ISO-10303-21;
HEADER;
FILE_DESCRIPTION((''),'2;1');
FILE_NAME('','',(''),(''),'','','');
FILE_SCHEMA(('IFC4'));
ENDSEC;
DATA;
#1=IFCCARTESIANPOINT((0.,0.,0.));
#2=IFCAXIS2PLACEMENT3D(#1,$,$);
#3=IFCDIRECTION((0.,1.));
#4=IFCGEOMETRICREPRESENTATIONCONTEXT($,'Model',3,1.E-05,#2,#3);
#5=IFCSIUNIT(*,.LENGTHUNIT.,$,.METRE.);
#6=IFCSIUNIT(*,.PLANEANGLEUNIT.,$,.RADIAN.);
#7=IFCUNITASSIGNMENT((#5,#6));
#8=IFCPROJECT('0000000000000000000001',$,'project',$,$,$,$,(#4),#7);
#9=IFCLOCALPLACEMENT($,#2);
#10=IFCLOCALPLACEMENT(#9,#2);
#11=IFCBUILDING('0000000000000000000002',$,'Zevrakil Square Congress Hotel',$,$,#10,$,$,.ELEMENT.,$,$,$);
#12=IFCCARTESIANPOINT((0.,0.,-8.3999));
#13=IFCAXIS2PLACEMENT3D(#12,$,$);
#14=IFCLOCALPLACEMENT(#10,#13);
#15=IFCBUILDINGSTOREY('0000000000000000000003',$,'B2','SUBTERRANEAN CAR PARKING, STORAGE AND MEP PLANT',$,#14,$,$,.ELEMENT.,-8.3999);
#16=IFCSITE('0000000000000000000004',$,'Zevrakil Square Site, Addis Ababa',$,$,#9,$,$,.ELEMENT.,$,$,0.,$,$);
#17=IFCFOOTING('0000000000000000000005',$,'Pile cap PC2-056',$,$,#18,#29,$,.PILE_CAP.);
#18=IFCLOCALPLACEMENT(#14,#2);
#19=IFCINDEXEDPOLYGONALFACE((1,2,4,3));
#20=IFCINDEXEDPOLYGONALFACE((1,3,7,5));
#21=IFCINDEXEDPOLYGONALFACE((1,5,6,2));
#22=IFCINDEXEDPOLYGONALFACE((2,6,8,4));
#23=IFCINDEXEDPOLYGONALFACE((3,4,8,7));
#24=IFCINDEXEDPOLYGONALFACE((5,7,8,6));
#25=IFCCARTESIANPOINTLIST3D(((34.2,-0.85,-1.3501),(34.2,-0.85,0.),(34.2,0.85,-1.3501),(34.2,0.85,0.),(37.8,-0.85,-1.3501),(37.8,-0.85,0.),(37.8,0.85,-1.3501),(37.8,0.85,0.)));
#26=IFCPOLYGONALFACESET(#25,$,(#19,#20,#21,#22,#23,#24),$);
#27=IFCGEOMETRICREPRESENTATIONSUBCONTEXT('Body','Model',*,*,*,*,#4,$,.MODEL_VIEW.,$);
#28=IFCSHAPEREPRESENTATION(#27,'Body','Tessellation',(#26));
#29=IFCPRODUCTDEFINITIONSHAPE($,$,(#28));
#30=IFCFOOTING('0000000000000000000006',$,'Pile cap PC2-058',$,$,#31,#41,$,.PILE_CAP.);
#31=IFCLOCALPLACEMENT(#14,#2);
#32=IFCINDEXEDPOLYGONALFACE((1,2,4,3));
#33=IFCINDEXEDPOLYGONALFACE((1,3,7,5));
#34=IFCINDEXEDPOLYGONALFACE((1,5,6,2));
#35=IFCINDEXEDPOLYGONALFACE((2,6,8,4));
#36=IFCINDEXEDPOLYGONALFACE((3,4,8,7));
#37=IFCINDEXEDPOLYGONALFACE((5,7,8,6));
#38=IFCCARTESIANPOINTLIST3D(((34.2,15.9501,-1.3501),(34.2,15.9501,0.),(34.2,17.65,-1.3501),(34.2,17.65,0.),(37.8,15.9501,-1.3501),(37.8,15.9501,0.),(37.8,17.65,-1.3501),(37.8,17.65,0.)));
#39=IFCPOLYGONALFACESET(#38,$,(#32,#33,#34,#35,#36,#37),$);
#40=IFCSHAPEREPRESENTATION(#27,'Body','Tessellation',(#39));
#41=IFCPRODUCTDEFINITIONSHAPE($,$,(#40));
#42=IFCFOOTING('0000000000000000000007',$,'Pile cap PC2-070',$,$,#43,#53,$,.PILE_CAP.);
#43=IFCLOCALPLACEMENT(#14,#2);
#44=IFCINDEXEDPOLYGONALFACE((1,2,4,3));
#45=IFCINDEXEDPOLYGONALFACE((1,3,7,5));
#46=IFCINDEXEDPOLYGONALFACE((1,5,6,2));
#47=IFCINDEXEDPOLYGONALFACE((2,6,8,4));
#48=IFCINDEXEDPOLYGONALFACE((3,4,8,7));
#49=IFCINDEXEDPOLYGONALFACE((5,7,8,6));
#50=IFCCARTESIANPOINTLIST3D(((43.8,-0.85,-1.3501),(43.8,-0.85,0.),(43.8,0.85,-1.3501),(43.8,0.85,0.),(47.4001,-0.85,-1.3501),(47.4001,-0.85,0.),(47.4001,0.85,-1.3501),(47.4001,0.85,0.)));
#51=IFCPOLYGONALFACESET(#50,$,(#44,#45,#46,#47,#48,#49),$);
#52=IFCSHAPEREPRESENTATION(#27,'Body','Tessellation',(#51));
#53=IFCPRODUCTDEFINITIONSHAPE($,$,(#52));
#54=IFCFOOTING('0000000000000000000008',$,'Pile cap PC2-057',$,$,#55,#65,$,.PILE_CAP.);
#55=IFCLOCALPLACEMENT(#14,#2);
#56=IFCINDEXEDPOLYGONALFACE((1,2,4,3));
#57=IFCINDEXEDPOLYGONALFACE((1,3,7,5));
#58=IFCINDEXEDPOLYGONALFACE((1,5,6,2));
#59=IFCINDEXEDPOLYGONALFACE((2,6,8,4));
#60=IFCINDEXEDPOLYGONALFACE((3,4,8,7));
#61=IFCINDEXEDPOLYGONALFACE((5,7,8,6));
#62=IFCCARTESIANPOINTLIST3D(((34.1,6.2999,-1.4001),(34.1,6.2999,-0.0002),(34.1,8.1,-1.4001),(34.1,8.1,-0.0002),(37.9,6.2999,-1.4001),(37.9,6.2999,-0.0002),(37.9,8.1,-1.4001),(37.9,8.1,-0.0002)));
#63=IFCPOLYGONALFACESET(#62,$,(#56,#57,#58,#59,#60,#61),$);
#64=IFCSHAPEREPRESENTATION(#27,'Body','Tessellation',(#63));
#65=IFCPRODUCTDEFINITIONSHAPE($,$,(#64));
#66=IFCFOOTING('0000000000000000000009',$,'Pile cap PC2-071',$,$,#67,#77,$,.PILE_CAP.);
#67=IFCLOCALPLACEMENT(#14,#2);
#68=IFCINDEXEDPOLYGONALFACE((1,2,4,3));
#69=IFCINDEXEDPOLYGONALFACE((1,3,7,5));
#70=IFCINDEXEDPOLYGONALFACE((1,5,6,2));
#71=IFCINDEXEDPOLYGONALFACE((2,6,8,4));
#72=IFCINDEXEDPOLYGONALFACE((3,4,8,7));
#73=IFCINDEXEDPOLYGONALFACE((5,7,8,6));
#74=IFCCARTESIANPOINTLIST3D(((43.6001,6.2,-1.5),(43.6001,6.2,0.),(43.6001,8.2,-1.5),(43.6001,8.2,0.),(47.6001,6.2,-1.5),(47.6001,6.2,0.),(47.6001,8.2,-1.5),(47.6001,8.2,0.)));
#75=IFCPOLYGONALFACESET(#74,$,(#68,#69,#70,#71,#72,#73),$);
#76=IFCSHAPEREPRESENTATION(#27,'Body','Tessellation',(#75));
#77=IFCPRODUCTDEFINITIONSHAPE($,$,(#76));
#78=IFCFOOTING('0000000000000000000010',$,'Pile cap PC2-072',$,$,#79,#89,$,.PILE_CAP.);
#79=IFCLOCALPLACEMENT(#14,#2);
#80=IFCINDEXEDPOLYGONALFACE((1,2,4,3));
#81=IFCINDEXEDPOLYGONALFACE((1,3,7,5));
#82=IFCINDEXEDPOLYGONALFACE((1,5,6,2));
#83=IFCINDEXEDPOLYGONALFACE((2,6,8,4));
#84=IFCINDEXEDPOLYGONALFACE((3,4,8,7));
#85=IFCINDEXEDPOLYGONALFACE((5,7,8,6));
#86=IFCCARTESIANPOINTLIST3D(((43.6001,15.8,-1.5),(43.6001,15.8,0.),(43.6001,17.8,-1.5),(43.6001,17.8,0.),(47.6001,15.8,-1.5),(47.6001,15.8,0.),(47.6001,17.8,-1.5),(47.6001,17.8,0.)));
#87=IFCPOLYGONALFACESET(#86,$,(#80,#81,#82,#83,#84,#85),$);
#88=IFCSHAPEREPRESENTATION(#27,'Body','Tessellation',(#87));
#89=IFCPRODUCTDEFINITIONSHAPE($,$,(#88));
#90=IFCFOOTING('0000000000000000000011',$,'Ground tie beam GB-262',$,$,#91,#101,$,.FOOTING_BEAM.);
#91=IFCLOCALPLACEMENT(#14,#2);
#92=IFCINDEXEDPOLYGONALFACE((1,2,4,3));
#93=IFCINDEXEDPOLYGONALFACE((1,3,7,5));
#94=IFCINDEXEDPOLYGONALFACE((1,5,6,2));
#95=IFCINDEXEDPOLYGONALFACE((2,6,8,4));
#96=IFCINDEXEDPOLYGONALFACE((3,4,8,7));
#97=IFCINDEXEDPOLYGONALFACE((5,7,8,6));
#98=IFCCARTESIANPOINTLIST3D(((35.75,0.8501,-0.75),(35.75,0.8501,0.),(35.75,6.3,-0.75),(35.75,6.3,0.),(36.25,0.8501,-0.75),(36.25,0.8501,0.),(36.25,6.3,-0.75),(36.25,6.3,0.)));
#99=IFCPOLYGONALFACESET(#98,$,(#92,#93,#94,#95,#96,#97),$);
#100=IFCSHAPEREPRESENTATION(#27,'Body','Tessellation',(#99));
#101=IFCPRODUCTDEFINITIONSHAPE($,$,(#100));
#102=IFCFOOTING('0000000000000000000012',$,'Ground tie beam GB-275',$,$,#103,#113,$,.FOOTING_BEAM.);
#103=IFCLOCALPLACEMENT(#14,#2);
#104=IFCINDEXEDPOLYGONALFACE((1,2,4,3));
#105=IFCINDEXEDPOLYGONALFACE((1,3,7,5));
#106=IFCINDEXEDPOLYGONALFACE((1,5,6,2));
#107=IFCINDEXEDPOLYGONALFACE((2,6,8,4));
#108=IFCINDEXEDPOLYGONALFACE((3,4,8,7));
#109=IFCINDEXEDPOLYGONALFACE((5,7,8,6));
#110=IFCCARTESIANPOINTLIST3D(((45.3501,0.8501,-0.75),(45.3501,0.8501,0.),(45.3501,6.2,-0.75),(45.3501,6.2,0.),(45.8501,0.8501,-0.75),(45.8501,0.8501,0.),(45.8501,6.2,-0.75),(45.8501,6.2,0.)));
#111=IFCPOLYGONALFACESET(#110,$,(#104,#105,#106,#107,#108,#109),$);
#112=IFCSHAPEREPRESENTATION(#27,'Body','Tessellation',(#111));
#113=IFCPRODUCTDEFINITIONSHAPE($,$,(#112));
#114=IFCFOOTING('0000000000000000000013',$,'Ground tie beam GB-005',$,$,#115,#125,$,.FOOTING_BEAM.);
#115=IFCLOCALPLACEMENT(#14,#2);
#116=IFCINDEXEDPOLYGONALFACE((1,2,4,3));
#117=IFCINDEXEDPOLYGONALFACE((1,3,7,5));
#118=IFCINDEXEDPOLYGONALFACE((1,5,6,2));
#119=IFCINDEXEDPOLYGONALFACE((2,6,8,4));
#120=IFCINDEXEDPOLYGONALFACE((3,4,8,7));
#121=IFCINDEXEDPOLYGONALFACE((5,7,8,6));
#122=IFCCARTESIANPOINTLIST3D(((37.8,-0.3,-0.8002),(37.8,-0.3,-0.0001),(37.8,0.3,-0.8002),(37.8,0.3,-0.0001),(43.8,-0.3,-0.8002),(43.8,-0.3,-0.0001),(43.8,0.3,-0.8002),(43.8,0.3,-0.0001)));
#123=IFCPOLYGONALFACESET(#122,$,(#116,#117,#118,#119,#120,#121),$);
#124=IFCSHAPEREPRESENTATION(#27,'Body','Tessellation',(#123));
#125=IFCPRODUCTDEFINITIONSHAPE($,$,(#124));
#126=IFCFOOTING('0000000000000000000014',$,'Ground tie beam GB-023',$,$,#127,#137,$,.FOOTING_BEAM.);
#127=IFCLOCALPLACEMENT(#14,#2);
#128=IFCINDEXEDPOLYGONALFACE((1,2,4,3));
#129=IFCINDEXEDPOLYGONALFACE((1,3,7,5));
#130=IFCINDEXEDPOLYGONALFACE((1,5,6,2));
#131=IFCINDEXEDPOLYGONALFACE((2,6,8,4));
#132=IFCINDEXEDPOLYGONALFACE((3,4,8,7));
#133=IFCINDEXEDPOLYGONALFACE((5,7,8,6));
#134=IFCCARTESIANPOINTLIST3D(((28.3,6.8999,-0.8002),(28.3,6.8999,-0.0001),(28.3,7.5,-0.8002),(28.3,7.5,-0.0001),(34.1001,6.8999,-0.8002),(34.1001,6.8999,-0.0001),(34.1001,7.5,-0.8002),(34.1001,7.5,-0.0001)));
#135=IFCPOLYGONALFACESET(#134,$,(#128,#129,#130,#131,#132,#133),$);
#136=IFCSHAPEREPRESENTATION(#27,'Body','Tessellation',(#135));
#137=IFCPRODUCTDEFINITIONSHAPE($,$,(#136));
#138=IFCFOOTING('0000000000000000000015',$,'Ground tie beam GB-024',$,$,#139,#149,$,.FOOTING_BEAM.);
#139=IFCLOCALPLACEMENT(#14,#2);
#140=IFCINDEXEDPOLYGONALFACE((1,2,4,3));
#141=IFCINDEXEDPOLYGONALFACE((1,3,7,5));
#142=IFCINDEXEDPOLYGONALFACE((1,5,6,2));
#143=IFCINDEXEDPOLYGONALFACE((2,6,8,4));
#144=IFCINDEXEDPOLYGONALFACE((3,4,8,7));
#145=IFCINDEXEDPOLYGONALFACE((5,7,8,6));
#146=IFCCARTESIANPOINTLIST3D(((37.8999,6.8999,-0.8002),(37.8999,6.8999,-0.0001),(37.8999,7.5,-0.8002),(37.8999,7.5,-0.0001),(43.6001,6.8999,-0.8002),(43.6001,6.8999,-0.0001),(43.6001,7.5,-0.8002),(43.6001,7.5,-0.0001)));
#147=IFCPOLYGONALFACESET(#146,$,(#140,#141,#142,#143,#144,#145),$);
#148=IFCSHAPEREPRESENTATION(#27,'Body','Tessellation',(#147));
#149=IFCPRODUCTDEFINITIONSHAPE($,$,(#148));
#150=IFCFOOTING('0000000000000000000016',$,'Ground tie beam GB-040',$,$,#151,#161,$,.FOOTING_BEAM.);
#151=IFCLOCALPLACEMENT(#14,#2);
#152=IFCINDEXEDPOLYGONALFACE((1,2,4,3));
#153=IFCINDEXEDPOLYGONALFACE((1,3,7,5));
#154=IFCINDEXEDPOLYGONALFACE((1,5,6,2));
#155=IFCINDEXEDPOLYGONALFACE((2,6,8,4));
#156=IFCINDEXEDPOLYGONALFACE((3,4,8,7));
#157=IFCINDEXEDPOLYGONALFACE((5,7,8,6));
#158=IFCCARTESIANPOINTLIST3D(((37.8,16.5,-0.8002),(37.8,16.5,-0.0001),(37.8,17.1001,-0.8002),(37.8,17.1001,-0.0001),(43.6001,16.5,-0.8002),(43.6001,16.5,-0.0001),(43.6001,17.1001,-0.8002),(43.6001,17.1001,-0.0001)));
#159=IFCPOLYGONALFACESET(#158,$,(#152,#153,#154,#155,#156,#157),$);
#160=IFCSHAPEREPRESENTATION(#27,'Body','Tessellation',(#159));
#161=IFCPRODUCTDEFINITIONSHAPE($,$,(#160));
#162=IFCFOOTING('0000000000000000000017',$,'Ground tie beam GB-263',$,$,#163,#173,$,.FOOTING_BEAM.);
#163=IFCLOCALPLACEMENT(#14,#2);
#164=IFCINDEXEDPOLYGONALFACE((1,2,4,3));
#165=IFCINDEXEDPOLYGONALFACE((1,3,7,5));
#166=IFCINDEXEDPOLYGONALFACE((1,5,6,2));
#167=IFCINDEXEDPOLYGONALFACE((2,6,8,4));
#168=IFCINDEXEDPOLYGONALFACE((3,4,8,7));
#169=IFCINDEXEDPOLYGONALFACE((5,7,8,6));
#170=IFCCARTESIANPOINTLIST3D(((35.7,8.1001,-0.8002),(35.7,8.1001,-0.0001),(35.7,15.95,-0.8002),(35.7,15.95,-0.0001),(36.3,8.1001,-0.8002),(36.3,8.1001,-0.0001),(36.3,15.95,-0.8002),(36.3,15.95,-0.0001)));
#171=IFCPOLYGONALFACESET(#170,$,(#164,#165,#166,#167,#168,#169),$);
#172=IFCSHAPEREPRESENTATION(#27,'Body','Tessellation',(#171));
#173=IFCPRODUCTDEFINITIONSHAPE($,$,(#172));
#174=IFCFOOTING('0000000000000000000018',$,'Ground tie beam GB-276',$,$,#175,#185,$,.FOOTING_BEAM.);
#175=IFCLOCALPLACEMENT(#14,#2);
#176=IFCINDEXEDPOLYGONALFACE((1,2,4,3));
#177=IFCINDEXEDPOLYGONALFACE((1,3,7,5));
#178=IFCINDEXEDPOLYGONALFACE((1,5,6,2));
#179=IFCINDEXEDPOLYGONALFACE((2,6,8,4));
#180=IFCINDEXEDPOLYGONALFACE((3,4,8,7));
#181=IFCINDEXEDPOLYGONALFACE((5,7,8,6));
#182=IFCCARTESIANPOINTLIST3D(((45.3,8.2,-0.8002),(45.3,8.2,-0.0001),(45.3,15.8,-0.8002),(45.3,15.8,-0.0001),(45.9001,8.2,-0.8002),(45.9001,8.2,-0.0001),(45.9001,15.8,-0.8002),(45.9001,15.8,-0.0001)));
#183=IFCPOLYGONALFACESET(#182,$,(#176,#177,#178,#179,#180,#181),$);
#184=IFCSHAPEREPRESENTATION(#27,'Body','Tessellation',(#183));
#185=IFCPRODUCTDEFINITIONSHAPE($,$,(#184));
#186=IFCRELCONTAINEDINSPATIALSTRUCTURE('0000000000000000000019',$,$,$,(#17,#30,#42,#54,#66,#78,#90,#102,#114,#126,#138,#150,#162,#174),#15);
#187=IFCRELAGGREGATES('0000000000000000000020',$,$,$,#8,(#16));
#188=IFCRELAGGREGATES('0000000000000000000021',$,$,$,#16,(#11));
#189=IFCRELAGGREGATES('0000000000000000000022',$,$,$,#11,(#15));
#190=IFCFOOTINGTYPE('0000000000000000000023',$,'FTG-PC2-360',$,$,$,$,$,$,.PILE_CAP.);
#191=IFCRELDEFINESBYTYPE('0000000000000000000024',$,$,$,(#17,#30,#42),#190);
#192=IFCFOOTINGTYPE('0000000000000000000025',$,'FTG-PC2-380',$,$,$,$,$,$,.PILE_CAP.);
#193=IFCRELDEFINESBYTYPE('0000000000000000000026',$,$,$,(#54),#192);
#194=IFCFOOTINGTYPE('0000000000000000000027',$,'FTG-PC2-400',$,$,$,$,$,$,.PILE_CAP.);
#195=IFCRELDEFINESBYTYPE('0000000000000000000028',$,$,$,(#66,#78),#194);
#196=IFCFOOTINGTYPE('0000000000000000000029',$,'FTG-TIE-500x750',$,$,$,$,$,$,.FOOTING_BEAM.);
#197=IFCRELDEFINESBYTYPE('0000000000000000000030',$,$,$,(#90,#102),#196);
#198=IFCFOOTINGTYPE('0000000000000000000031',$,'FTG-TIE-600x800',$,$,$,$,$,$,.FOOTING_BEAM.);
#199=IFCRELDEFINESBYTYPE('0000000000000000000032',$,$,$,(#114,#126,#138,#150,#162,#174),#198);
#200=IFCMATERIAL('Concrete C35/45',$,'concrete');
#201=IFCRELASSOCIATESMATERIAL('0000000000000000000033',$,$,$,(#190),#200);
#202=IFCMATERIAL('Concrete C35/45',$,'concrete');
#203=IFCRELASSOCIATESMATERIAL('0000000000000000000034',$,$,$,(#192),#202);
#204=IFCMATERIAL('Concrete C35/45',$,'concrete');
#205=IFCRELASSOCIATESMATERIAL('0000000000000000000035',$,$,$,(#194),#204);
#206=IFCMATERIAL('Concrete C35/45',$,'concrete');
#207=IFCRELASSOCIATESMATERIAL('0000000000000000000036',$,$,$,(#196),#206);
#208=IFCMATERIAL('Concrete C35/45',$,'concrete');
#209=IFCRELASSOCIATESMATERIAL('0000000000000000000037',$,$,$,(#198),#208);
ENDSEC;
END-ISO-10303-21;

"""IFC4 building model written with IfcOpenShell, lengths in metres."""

from ifc_helpers import new_model, si_unit, direction, frame, origin, origin_2d, place, context, subcontext, project, spatial, rectangle, extrude, material, material_profile, profile_set, type_object, element, save


model = new_model("IFC4")

# Units and contexts
model_context = context("Model", 3, precision=1e-05, world=origin(), true_north=direction((0.0, 1.0)))
body_context = subcontext(model_context, "Body", "Model", "MODEL_VIEW")
ifc_project = project(units=[si_unit("LENGTHUNIT", "METRE"), si_unit("PLANEANGLEUNIT", "RADIAN")], contexts=[model_context])

# Site, building, storey
site_placement = place(None, origin())
site = spatial("IfcSite", under=ifc_project, at=site_placement, Name="Zevrakil Square Site, Addis Ababa", CompositionType="ELEMENT", RefElevation=0.0)
building_placement = place(site_placement, origin())
building = spatial("IfcBuilding", under=site, at=building_placement, Name="Zevrakil Square Congress Hotel", CompositionType="ELEMENT")
storey_placement = place(building_placement, frame((0.0, 0.0, -8.3999)))
storey = spatial("IfcBuildingStorey", under=building, at=storey_placement, Name="B2", Description="SUBTERRANEAN CAR PARKING, STORAGE AND MEP PLANT", CompositionType="ELEMENT", Elevation=-8.3999)

# Footings
ifc_material_1 = material(Name="Concrete C35/45", Category="concrete")
footing_type_1 = type_object("IfcFootingType", Name="FTG-PC2-360", PredefinedType="PILE_CAP", material=ifc_material_1)
for number, where, z_axis, x_axis, name in (
    (1, (36.0, 0.0, -1.3501), (0.0, 0.0, 1.0), (1.0, 0.0, 0.0), "Pile cap PC2-056"),
    (2, (36.0, 16.8, -1.3501), (0.0, 0.0, 1.0), (1.0, 0.0, 0.0), "Pile cap PC2-058"),
    (3, (45.6001, 0.0, -1.3501), (0.0, 0.0, 1.0), (1.0, 0.0, 0.0), "Pile cap PC2-070"),
):
    element("IfcFooting", number, at=place(storey_placement, frame(where, z_axis=z_axis, x_axis=x_axis)), inside=storey, type_object=footing_type_1, Name=name, PredefinedType="PILE_CAP", context=body_context, shape_type="SweptSolid", body=[
        extrude(rectangle(XDim=3.6001, YDim=1.7, at=origin_2d()), origin(), (0.0, 0.0, 1.0), 1.3501),
    ])
ifc_material_2 = material(Name="Concrete C35/45", Category="concrete")
footing_type_2 = type_object("IfcFootingType", Name="FTG-PC2-380", PredefinedType="PILE_CAP", material=ifc_material_2)
footing_1_placement = place(storey_placement, frame((36.0, 7.2, -1.4001), z_axis=(0.0, 0.0, 1.0), x_axis=(1.0, 0.0, 0.0)))
element("IfcFooting", 4, at=footing_1_placement, inside=storey, type_object=footing_type_2, Name="Pile cap PC2-057", PredefinedType="PILE_CAP", context=body_context, shape_type="SweptSolid", body=[
    extrude(rectangle(XDim=3.8, YDim=1.8, at=origin_2d()), origin(), (0.0, 0.0, 1.0), 1.3999),
])
ifc_material_3 = material(Name="Concrete C35/45", Category="concrete")
footing_type_3 = type_object("IfcFootingType", Name="FTG-PC2-400", PredefinedType="PILE_CAP", material=ifc_material_3)
for number, where, z_axis, x_axis, name in (
    (5, (45.6001, 7.2, -1.5), (0.0, 0.0, 1.0), (1.0, 0.0, 0.0), "Pile cap PC2-071"),
    (6, (45.6001, 16.8, -1.5), (0.0, 0.0, 1.0), (1.0, 0.0, 0.0), "Pile cap PC2-072"),
):
    element("IfcFooting", number, at=place(storey_placement, frame(where, z_axis=z_axis, x_axis=x_axis)), inside=storey, type_object=footing_type_3, Name=name, PredefinedType="PILE_CAP", context=body_context, shape_type="SweptSolid", body=[
        extrude(rectangle(XDim=4.0, YDim=2.0, at=origin_2d()), origin(), (0.0, 0.0, 1.0), 1.5),
    ])
ifc_material_4 = material(Name="Concrete C35/45", Category="concrete")
ifc_material_profile_1 = material_profile(ifc_material_4, rectangle(XDim=0.5, YDim=0.75, at=origin_2d()), Name="RC 500x750")
ifc_profile_set_1 = profile_set([ifc_material_profile_1], Name="Concrete C35/45")
footing_type_4 = type_object("IfcFootingType", Name="FTG-TIE-500x750", PredefinedType="FOOTING_BEAM", material=ifc_profile_set_1)
footing_2_placement = place(storey_placement, frame((36.0, 0.8501, -0.375), z_axis=(0.0, 1.0, 0.0), x_axis=(-1.0, 0.0, 0.0)))
element("IfcFooting", 7, at=footing_2_placement, inside=storey, type_object=footing_type_4, Name="Ground tie beam GB-262", PredefinedType="FOOTING_BEAM", context=body_context, shape_type="SweptSolid", body=[
    extrude(rectangle(XDim=0.5, YDim=0.75, at=origin_2d()), origin(), (0.0, 0.0, 1.0), 5.45),
])
footing_3_placement = place(storey_placement, frame((45.6001, 0.8501, -0.375), z_axis=(0.0, 1.0, 0.0), x_axis=(-1.0, 0.0, 0.0)))
element("IfcFooting", 8, at=footing_3_placement, inside=storey, type_object=footing_type_4, Name="Ground tie beam GB-275", PredefinedType="FOOTING_BEAM", context=body_context, shape_type="SweptSolid", body=[
    extrude(rectangle(XDim=0.5, YDim=0.75, at=origin_2d()), origin(), (0.0, 0.0, 1.0), 5.3499),
])
ifc_material_5 = material(Name="Concrete C35/45", Category="concrete")
ifc_material_profile_2 = material_profile(ifc_material_5, rectangle(XDim=0.6001, YDim=0.8, at=origin_2d()), Name="RC 600x800")
ifc_profile_set_2 = profile_set([ifc_material_profile_2], Name="Concrete C35/45")
footing_type_5 = type_object("IfcFootingType", Name="FTG-TIE-600x800", PredefinedType="FOOTING_BEAM", material=ifc_profile_set_2)
footing_4_placement = place(storey_placement, frame((37.8, 0.0, -0.4001), z_axis=(1.0, 0.0, 0.0), x_axis=(0.0, 1.0, 0.0)))
element("IfcFooting", 9, at=footing_4_placement, inside=storey, type_object=footing_type_5, Name="Ground tie beam GB-005", PredefinedType="FOOTING_BEAM", context=body_context, shape_type="SweptSolid", body=[
    extrude(rectangle(XDim=0.6001, YDim=0.8, at=origin_2d()), origin(), (0.0, 0.0, 1.0), 6.0),
])
footing_5_placement = place(storey_placement, frame((28.3, 7.2, -0.4001), z_axis=(1.0, 0.0, 0.0), x_axis=(0.0, 1.0, 0.0)))
element("IfcFooting", 10, at=footing_5_placement, inside=storey, type_object=footing_type_5, Name="Ground tie beam GB-023", PredefinedType="FOOTING_BEAM", context=body_context, shape_type="SweptSolid", body=[
    extrude(rectangle(XDim=0.6001, YDim=0.8, at=origin_2d()), origin(), (0.0, 0.0, 1.0), 5.8),
])
footing_6_placement = place(storey_placement, frame((37.8999, 7.2, -0.4001), z_axis=(1.0, 0.0, 0.0), x_axis=(0.0, 1.0, 0.0)))
element("IfcFooting", 11, at=footing_6_placement, inside=storey, type_object=footing_type_5, Name="Ground tie beam GB-024", PredefinedType="FOOTING_BEAM", context=body_context, shape_type="SweptSolid", body=[
    extrude(rectangle(XDim=0.6001, YDim=0.8, at=origin_2d()), origin(), (0.0, 0.0, 1.0), 5.7002),
])
footing_7_placement = place(storey_placement, frame((37.8, 16.8, -0.4001), z_axis=(1.0, 0.0, 0.0), x_axis=(0.0, 1.0, 0.0)))
element("IfcFooting", 12, at=footing_7_placement, inside=storey, type_object=footing_type_5, Name="Ground tie beam GB-040", PredefinedType="FOOTING_BEAM", context=body_context, shape_type="SweptSolid", body=[
    extrude(rectangle(XDim=0.6001, YDim=0.8, at=origin_2d()), origin(), (0.0, 0.0, 1.0), 5.8),
])
footing_8_placement = place(storey_placement, frame((36.0, 8.1001, -0.4001), z_axis=(0.0, 1.0, 0.0), x_axis=(-1.0, 0.0, 0.0)))
element("IfcFooting", 13, at=footing_8_placement, inside=storey, type_object=footing_type_5, Name="Ground tie beam GB-263", PredefinedType="FOOTING_BEAM", context=body_context, shape_type="SweptSolid", body=[
    extrude(rectangle(XDim=0.6001, YDim=0.8, at=origin_2d()), origin(), (0.0, 0.0, 1.0), 7.8499),
])
footing_9_placement = place(storey_placement, frame((45.6001, 8.2, -0.4001), z_axis=(0.0, 1.0, 0.0), x_axis=(-1.0, 0.0, 0.0)))
element("IfcFooting", 14, at=footing_9_placement, inside=storey, type_object=footing_type_5, Name="Ground tie beam GB-276", PredefinedType="FOOTING_BEAM", context=body_context, shape_type="SweptSolid", body=[
    extrude(rectangle(XDim=0.6001, YDim=0.8, at=origin_2d()), origin(), (0.0, 0.0, 1.0), 7.6001),
])

save(model, "model.ifc")
